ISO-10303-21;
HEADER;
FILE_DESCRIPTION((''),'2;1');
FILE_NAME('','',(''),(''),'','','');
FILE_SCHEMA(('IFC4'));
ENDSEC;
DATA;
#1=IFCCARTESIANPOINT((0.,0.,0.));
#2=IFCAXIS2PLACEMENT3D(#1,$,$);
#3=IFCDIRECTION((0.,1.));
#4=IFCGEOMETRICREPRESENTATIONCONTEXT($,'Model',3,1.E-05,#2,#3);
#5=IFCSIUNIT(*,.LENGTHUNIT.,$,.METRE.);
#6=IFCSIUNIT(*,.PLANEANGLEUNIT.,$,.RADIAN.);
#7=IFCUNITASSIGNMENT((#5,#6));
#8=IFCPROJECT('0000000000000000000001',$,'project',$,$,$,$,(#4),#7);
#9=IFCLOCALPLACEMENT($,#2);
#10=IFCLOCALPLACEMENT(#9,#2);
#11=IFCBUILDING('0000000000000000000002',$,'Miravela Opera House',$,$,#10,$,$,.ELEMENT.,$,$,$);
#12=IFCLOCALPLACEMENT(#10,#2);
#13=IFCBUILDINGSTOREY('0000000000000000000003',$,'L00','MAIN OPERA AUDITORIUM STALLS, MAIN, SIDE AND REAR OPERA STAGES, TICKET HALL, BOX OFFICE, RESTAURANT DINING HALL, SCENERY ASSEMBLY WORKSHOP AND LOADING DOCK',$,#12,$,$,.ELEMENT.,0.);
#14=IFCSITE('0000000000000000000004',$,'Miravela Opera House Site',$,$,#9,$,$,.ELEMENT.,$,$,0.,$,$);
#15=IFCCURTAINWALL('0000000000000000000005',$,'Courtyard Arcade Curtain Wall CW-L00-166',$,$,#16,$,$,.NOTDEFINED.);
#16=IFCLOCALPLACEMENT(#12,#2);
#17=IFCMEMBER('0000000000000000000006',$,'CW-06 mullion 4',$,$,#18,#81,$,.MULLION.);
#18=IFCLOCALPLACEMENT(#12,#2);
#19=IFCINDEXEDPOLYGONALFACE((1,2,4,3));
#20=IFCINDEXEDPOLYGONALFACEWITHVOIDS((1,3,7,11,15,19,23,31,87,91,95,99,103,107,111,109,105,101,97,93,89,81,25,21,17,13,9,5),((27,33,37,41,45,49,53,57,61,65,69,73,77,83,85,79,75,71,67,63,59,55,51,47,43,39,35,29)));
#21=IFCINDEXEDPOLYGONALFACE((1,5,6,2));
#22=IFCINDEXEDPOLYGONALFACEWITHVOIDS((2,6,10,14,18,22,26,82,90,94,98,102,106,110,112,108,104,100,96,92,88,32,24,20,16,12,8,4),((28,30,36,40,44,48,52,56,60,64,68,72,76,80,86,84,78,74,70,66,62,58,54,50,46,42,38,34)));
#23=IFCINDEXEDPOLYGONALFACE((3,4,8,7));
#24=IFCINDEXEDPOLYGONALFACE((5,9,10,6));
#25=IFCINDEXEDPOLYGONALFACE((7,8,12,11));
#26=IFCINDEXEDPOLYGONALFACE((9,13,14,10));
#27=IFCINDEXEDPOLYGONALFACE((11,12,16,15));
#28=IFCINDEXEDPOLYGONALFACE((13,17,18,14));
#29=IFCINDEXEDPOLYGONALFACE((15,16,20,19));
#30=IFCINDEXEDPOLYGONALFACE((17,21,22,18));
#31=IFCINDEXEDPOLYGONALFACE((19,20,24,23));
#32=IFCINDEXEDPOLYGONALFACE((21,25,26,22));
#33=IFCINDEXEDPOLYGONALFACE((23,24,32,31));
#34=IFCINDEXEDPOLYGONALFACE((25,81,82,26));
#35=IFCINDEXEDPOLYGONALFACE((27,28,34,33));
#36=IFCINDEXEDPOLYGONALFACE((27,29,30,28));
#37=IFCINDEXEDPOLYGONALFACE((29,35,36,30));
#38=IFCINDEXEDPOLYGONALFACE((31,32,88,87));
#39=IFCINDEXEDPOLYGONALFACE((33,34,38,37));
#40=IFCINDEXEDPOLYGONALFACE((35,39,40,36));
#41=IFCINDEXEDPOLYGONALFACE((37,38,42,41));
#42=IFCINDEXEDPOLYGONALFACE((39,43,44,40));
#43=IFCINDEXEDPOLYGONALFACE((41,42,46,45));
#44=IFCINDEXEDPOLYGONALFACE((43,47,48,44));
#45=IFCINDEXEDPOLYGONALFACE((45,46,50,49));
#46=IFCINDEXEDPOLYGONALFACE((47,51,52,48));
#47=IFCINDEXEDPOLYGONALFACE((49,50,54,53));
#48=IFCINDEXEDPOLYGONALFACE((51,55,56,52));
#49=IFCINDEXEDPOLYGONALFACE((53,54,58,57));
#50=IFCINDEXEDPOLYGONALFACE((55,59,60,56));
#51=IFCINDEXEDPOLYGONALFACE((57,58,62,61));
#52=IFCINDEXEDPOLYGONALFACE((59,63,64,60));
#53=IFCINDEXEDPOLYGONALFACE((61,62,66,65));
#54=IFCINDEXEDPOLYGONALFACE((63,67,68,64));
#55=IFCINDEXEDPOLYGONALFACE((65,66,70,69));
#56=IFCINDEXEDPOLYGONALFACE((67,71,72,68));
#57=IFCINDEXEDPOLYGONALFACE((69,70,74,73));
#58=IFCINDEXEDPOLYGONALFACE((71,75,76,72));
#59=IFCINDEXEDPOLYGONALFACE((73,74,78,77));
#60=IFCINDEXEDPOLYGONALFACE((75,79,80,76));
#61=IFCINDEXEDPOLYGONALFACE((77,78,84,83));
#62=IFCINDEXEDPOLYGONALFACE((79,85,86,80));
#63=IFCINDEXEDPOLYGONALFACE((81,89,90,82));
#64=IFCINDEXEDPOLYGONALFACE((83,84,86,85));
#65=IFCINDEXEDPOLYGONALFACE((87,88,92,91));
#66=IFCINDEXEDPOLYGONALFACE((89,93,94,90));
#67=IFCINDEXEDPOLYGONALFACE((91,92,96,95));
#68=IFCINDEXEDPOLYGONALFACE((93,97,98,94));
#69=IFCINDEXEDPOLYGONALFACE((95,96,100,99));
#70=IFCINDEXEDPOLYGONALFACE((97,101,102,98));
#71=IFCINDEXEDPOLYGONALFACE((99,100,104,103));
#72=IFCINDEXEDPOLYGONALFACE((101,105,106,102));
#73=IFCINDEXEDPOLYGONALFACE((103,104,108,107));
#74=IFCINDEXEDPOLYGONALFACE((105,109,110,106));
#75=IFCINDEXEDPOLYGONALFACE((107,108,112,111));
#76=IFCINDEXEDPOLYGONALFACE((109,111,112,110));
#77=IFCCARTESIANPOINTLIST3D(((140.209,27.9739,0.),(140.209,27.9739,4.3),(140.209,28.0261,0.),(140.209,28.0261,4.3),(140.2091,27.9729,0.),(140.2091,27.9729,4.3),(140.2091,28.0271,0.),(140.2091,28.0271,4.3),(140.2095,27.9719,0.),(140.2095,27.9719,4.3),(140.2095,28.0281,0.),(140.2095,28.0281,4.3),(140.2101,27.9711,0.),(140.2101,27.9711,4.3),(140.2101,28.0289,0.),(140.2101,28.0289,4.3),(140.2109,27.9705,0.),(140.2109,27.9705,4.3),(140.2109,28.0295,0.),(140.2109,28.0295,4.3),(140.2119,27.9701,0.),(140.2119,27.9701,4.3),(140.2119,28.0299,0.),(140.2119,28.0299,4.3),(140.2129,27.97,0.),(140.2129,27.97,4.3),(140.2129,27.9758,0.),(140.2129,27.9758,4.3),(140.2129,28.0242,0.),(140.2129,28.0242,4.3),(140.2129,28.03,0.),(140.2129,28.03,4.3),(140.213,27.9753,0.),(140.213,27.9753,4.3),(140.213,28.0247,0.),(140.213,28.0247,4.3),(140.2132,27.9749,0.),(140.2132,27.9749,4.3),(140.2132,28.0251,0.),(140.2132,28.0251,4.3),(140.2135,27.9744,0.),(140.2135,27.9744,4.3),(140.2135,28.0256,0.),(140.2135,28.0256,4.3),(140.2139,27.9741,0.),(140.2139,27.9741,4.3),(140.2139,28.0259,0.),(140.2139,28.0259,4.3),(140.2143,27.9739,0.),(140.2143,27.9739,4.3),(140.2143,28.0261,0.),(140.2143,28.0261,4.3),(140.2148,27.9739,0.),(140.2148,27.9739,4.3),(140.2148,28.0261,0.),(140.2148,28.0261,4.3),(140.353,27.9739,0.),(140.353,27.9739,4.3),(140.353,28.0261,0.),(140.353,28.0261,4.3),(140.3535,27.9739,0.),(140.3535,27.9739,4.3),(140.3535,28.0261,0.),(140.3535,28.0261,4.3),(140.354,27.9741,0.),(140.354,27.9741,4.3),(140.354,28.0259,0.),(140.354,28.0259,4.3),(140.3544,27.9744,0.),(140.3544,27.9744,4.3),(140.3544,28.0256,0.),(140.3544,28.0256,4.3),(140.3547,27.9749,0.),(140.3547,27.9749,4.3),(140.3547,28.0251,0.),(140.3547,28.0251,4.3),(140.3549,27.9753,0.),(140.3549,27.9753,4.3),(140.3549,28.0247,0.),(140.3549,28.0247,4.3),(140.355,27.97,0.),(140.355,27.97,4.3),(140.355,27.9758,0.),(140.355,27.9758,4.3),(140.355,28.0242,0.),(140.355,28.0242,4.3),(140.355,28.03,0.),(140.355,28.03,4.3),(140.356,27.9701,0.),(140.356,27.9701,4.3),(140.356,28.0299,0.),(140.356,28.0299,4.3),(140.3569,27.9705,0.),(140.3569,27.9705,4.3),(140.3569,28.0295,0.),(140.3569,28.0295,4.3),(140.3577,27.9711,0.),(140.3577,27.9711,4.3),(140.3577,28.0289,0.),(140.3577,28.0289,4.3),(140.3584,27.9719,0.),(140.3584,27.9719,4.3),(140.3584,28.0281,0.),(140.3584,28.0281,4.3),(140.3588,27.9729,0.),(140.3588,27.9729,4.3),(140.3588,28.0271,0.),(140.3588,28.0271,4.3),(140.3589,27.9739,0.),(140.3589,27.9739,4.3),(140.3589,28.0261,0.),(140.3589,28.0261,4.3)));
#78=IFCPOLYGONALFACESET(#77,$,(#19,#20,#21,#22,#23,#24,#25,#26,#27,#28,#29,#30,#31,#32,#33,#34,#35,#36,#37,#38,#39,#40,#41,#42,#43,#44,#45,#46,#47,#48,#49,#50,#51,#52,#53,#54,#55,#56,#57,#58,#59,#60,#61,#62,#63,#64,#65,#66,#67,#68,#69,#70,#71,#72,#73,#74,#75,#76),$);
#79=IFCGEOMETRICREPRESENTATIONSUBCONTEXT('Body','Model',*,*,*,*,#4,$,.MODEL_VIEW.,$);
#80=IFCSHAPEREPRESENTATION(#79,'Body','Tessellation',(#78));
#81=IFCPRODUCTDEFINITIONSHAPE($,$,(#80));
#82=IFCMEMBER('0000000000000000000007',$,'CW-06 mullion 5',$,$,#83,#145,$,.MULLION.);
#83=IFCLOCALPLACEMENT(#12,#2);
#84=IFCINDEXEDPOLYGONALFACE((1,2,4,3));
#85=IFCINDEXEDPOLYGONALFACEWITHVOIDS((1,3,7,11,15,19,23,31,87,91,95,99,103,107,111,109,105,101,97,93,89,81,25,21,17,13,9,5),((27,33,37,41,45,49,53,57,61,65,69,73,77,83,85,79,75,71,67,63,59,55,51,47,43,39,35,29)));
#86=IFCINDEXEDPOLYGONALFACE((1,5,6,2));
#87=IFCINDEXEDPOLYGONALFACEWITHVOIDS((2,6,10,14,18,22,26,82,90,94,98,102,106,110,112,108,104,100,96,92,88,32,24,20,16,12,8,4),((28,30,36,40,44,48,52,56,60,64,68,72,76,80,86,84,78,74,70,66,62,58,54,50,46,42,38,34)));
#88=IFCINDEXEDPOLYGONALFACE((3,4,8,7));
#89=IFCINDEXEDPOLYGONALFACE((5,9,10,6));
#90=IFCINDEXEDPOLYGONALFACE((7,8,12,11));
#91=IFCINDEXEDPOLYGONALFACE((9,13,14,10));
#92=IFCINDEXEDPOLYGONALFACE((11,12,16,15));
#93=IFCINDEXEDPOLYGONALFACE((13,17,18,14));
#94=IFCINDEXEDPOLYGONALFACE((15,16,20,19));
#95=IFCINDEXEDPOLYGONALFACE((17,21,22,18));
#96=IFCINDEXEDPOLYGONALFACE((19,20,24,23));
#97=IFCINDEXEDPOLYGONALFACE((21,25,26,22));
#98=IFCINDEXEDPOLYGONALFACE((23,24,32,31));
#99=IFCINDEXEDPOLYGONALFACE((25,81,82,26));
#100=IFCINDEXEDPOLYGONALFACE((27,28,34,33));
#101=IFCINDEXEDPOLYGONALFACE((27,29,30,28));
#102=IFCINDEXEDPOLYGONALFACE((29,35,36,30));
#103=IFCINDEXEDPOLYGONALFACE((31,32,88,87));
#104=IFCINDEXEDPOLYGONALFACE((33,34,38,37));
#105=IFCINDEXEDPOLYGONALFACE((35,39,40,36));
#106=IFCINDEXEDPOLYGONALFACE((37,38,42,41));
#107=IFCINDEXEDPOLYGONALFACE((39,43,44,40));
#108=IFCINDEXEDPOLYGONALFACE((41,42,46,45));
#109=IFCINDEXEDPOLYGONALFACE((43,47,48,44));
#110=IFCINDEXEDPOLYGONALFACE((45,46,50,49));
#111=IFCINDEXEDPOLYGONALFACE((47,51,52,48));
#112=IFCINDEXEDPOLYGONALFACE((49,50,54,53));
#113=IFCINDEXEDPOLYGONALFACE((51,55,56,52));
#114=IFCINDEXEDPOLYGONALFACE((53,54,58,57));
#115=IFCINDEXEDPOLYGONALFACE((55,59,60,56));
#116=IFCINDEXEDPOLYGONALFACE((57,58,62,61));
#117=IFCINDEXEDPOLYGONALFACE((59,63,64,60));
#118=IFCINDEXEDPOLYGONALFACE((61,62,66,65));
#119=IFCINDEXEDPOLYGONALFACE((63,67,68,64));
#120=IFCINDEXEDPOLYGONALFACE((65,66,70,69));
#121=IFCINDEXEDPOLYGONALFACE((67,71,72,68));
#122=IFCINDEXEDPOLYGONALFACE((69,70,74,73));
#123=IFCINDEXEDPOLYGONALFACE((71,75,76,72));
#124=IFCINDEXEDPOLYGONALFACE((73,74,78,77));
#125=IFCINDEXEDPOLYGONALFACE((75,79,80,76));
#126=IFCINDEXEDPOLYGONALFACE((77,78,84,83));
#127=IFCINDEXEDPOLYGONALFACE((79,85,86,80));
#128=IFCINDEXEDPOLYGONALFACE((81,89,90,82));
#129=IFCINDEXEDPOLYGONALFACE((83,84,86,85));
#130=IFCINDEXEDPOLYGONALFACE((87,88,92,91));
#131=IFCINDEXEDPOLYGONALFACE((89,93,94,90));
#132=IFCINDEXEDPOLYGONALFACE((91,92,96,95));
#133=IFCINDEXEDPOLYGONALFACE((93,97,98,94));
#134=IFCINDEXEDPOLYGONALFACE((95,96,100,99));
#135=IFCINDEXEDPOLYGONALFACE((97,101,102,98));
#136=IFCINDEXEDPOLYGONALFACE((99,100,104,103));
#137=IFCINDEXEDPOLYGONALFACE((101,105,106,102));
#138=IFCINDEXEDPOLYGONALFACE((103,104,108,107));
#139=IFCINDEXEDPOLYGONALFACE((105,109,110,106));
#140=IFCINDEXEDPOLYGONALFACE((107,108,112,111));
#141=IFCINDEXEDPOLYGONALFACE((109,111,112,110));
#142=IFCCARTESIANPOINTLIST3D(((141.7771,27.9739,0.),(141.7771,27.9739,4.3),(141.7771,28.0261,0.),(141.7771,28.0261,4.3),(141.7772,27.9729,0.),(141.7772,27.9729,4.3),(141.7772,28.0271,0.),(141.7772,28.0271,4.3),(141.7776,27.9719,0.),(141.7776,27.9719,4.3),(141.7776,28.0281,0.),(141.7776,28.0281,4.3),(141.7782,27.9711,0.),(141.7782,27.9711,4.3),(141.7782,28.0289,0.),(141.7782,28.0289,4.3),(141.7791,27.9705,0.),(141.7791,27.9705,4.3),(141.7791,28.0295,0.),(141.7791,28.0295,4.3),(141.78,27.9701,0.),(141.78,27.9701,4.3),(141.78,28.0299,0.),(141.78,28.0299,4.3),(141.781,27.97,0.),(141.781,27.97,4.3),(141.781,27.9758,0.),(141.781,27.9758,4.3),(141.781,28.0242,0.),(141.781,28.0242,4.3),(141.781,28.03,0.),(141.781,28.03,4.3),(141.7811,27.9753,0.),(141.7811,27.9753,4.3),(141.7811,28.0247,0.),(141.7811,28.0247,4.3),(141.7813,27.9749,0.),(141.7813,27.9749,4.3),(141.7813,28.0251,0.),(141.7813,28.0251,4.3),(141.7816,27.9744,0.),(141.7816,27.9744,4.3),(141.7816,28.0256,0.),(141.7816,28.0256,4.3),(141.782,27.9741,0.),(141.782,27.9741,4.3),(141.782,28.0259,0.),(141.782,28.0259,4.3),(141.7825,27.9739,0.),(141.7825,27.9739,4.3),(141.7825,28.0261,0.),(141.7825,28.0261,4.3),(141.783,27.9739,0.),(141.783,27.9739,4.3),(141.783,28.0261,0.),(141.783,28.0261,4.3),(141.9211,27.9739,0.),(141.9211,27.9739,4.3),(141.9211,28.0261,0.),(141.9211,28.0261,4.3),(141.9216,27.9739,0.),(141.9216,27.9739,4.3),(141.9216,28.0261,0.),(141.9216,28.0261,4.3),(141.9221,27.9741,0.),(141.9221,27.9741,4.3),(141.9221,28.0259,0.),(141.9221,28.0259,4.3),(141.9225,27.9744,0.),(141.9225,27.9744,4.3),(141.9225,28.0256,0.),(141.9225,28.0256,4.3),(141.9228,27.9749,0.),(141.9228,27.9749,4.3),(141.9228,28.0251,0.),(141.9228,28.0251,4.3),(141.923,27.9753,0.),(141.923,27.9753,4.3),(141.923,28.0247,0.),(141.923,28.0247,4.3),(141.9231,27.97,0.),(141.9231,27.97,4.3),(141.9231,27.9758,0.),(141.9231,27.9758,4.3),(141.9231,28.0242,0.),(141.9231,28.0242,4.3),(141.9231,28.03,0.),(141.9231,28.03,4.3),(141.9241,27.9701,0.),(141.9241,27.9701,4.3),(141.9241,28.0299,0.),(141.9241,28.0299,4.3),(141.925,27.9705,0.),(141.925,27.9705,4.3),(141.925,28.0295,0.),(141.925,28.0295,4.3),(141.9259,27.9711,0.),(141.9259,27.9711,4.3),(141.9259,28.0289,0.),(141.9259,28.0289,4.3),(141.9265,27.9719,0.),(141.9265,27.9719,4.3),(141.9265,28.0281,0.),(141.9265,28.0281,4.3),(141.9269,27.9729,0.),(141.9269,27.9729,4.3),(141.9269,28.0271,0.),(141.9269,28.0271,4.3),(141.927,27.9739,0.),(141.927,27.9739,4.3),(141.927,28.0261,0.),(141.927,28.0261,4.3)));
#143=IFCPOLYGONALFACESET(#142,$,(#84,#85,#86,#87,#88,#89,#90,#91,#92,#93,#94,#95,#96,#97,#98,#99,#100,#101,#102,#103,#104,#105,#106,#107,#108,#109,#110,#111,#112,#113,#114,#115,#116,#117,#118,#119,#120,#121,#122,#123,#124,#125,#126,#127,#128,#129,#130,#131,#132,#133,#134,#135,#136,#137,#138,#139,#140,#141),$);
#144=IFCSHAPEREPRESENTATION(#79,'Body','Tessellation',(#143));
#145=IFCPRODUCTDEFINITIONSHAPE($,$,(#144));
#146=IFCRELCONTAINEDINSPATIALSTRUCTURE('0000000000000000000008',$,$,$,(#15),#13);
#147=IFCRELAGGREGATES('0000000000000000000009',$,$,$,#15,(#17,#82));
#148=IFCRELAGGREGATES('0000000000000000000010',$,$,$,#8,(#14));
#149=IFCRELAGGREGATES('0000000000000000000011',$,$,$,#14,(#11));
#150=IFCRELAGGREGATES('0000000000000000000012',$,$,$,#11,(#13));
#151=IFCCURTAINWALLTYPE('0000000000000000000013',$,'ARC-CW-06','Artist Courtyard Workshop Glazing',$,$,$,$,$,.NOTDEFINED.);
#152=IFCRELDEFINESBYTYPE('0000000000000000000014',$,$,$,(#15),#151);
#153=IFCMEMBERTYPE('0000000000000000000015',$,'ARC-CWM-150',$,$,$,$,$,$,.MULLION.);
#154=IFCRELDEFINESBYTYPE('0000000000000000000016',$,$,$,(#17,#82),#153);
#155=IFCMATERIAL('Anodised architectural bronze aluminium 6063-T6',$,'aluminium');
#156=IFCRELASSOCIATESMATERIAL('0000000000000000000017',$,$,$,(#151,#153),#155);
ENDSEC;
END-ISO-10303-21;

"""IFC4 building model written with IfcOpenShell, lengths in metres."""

from ifc_helpers import new_model, si_unit, direction, frame, origin, origin_2d, place, context, subcontext, project, spatial, hollow_rectangle, extrude, material, material_profile, profile_set, type_object, element, aggregate, save


model = new_model("IFC4")

# Units and contexts
model_context = context("Model", 3, precision=1e-05, world=origin(), true_north=direction((0.0, 1.0)))
body_context = subcontext(model_context, "Body", "Model", "MODEL_VIEW")
ifc_project = project(units=[si_unit("LENGTHUNIT", "METRE"), si_unit("PLANEANGLEUNIT", "RADIAN")], contexts=[model_context])

# Site, building, storey
site_placement = place(None, origin())
site = spatial("IfcSite", under=ifc_project, at=site_placement, Name="Miravela Opera House Site", CompositionType="ELEMENT", RefElevation=0.0)
building_placement = place(site_placement, origin())
building = spatial("IfcBuilding", under=site, at=building_placement, Name="Miravela Opera House", CompositionType="ELEMENT")
storey_placement = place(building_placement, origin())
storey = spatial("IfcBuildingStorey", under=building, at=storey_placement, Name="L00", Description="MAIN OPERA AUDITORIUM STALLS, MAIN, SIDE AND REAR OPERA STAGES, TICKET HALL, BOX OFFICE, RESTAURANT DINING HALL, SCENERY ASSEMBLY WORKSHOP AND LOADING DOCK", CompositionType="ELEMENT", Elevation=0.0)

# Curtain wall, members
ifc_material_1 = material(Name="Anodised architectural bronze aluminium 6063-T6", Category="aluminium")
curtain_wall_type = type_object("IfcCurtainWallType", Name="ARC-CW-06", Description="Artist Courtyard Workshop Glazing", PredefinedType="NOTDEFINED", material=ifc_material_1)
curtain_wall_placement = place(storey_placement, origin())
curtain_wall = element("IfcCurtainWall", 1, at=curtain_wall_placement, inside=storey, type_object=curtain_wall_type, Name="Courtyard Arcade Curtain Wall CW-L00-166", PredefinedType="NOTDEFINED")
ifc_material_profile_1 = material_profile(ifc_material_1, hollow_rectangle(XDim=0.0601, YDim=0.1499, WallThickness=0.0039, InnerFilletRadius=0.002, OuterFilletRadius=0.0039, at=origin_2d()), Name="CWM-60X150")
ifc_profile_set_1 = profile_set([ifc_material_profile_1])
member_type_1 = type_object("IfcMemberType", Name="ARC-CWM-150", PredefinedType="MULLION", material=ifc_profile_set_1)
member_1_placement = place(storey_placement, frame((140.2839, 28.0, 0.0), z_axis=(0.0, 0.0, 1.0), x_axis=(0.0, 1.0, 0.0)))
member_1 = element("IfcMember", 2, at=member_1_placement, type_object=member_type_1, Name="CW-06 mullion 4", PredefinedType="MULLION", context=body_context, shape_type="SweptSolid", body=[
    extrude(hollow_rectangle(XDim=0.0601, YDim=0.1499, WallThickness=0.0039, InnerFilletRadius=0.002, OuterFilletRadius=0.0039, at=origin_2d()), origin(), (0.0, 0.0, 1.0), 4.3),
])
member_2_placement = place(storey_placement, frame((141.8521, 28.0, 0.0), z_axis=(0.0, 0.0, 1.0), x_axis=(0.0, 1.0, 0.0)))
member_2 = element("IfcMember", 3, at=member_2_placement, type_object=member_type_1, Name="CW-06 mullion 5", PredefinedType="MULLION", context=body_context, shape_type="SweptSolid", body=[
    extrude(hollow_rectangle(XDim=0.0601, YDim=0.1499, WallThickness=0.0039, InnerFilletRadius=0.002, OuterFilletRadius=0.0039, at=origin_2d()), origin(), (0.0, 0.0, 1.0), 4.3),
])
aggregate(curtain_wall, [member_1, member_2])

save(model, "model.ifc")
